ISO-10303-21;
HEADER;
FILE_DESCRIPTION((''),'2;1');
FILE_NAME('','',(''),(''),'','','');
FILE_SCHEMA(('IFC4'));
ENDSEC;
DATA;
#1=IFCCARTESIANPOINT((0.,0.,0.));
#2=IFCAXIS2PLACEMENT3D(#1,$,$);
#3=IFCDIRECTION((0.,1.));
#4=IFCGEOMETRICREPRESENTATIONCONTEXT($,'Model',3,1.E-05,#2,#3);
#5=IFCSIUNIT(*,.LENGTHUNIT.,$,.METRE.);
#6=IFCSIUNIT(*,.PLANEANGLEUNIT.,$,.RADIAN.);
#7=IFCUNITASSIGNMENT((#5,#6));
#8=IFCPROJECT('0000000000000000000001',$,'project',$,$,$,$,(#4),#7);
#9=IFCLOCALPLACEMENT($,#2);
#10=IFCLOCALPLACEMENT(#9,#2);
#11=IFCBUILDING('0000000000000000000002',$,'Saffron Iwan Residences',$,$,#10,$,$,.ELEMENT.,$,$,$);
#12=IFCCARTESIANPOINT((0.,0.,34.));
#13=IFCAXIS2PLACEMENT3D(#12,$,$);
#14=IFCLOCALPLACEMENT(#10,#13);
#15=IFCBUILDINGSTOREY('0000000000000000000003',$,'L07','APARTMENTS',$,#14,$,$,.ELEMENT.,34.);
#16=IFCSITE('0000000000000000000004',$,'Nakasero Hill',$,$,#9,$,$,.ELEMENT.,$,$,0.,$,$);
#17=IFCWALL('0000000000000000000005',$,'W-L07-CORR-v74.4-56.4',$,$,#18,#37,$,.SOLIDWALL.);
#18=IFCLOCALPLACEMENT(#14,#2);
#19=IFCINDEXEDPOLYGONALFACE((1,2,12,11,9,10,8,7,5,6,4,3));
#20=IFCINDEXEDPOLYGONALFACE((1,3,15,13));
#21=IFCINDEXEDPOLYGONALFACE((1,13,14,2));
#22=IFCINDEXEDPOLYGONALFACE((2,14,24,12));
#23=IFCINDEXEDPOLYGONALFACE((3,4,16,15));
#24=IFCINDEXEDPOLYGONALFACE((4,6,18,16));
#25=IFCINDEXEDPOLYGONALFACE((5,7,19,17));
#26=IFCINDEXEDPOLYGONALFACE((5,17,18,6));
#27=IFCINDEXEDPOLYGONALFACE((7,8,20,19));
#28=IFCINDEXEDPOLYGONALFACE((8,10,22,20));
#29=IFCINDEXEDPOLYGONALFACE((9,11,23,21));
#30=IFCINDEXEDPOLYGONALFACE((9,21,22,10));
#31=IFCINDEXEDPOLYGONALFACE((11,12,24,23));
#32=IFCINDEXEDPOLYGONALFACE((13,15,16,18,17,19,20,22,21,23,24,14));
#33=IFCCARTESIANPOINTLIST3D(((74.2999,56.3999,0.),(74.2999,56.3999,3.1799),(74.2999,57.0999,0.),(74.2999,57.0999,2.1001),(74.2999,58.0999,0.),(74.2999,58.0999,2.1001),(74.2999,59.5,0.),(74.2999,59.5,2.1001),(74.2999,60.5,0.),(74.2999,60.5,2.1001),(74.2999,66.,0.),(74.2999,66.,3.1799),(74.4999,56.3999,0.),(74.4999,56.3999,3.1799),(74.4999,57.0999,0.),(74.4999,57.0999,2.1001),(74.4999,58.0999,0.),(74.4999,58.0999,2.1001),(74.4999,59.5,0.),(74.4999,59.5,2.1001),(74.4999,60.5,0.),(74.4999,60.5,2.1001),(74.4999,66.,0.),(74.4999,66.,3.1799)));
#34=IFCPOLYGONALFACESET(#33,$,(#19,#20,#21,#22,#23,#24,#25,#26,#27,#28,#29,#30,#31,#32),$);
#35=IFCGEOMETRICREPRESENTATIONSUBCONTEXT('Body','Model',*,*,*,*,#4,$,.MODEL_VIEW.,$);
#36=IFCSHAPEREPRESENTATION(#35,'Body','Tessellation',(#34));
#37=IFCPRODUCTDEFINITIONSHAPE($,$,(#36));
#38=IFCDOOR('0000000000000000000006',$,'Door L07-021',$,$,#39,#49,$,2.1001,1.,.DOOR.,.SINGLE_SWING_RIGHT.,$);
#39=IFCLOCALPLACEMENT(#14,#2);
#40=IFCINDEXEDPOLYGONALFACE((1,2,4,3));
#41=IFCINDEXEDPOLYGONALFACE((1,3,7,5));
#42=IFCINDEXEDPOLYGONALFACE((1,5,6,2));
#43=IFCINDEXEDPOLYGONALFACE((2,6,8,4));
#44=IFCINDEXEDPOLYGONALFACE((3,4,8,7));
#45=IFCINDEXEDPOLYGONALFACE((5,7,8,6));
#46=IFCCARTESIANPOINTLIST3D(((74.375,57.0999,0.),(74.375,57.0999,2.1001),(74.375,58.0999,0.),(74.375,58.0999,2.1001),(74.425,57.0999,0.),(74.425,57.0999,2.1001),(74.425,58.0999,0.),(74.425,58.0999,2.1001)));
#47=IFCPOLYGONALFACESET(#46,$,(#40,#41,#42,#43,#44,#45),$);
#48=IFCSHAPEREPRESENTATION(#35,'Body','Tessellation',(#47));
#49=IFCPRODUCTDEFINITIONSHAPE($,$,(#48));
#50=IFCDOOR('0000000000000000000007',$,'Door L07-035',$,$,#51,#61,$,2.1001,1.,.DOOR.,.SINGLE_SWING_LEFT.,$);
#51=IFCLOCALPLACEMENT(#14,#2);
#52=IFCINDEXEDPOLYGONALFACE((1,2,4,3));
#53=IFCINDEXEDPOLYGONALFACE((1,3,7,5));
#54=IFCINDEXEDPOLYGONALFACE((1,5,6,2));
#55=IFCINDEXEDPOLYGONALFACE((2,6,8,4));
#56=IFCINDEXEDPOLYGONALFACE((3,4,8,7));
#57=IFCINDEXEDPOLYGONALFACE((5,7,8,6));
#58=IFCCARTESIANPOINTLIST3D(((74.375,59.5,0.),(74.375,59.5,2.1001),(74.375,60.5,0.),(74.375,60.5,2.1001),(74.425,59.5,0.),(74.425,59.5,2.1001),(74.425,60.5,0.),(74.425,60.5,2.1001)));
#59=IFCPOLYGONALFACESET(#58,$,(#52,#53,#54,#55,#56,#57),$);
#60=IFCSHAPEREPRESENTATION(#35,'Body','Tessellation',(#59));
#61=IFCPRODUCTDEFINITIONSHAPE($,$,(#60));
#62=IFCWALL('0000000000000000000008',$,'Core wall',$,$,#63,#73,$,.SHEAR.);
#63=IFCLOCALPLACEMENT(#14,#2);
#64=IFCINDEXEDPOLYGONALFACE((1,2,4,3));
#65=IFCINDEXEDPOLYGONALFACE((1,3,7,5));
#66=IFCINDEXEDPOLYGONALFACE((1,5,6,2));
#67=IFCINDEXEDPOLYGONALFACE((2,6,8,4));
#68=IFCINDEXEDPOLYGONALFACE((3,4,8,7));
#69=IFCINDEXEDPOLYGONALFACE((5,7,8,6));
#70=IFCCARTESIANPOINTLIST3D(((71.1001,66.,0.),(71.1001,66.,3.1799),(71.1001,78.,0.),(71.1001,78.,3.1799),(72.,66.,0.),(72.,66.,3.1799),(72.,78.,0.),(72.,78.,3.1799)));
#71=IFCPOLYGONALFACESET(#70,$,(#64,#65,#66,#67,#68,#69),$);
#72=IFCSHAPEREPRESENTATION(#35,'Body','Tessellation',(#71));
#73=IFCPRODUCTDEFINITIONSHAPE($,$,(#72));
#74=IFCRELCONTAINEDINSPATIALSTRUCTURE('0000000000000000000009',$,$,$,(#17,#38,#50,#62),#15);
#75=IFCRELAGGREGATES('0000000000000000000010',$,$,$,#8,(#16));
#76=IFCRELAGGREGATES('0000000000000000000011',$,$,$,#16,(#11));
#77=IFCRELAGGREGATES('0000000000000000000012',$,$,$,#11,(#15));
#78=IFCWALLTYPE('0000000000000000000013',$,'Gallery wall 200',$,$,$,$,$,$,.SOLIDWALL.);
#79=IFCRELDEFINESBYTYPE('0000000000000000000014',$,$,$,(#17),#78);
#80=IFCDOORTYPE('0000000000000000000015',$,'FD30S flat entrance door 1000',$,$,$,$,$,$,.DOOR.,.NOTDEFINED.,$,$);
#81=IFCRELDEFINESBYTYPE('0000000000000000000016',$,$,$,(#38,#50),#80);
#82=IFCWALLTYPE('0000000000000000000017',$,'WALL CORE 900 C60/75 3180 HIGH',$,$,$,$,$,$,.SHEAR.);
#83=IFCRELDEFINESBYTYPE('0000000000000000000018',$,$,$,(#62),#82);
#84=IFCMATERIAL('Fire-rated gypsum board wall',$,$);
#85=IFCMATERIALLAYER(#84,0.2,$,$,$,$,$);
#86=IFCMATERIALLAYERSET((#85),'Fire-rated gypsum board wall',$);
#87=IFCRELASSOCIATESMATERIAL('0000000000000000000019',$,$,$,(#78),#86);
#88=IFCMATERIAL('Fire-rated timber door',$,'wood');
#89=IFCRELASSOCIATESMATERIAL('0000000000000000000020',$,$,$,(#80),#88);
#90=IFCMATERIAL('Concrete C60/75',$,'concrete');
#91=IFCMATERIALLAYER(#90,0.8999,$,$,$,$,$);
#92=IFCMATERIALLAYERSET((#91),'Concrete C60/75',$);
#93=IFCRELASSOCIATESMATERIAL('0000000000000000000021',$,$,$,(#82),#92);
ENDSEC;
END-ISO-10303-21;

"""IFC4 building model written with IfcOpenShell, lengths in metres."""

from ifc_helpers import new_model, si_unit, direction, frame, frame_2d, origin, place, context, subcontext, project, spatial, rectangle, extrude, material, layer, layer_set, type_object, element, fill, save


model = new_model("IFC4")

# Units and contexts
model_context = context("Model", 3, precision=1e-05, world=origin(), true_north=direction((0.0, 1.0)))
body_context = subcontext(model_context, "Body", "Model", "MODEL_VIEW")
ifc_project = project(units=[si_unit("LENGTHUNIT", "METRE"), si_unit("PLANEANGLEUNIT", "RADIAN")], contexts=[model_context])

# Site, building, storey
site_placement = place(None, origin())
site = spatial("IfcSite", under=ifc_project, at=site_placement, Name="Nakasero Hill", CompositionType="ELEMENT", RefElevation=0.0)
building_placement = place(site_placement, origin())
building = spatial("IfcBuilding", under=site, at=building_placement, Name="Saffron Iwan Residences", CompositionType="ELEMENT")
storey_placement = place(building_placement, frame((0.0, 0.0, 34.0)))
storey = spatial("IfcBuildingStorey", under=building, at=storey_placement, Name="L07", Description="APARTMENTS", CompositionType="ELEMENT", Elevation=34.0)

# Shared definitions
ifc_material_1 = material(Name="Concrete C60/75", Category="concrete")

# Shared definitions
ifc_material_2 = material(Name="Fire-rated gypsum board wall")

# Shared definitions
ifc_layer_1 = layer(ifc_material_2, 0.2)
ifc_layer_set_1 = layer_set([ifc_layer_1], Name="Fire-rated gypsum board wall")
wall_type_1 = type_object("IfcWallType", Name="Gallery wall 200", PredefinedType="SOLIDWALL", material=ifc_layer_set_1)

# Wall, openings, doors
wall_1_placement = place(storey_placement, frame((74.3999, 56.3999, 0.0), z_axis=(0.0, 0.0, 1.0), x_axis=(0.0, 1.0, 0.0)))
wall_1 = element("IfcWall", 1, at=wall_1_placement, inside=storey, type_object=wall_type_1, Name="W-L07-CORR-v74.4-56.4", PredefinedType="SOLIDWALL", context=body_context, shape_type="SweptSolid", body=[
    extrude(rectangle(XDim=9.6001, YDim=0.2, at=frame_2d((4.8, 0.0))), origin(), (0.0, 0.0, 1.0), 3.1799),
])
opening_1_placement = place(wall_1_placement, frame((0.7, 0.0, 0.0)))
opening_1 = element("IfcOpeningElement", 2, at=opening_1_placement, cuts=wall_1, PredefinedType="OPENING", context=body_context, shape_type="SweptSolid", body=[
    extrude(rectangle(XDim=1.0, YDim=2.1001, at=frame_2d((0.5, 1.05))), frame((0.0, 0.1099, 0.0), z_axis=(0.0, -1.0, 0.0), x_axis=(1.0, 0.0, 0.0)), (0.0, 0.0, 1.0), 0.22),
])
opening_2_placement = place(wall_1_placement, frame((3.1001, 0.0, 0.0)))
opening_2 = element("IfcOpeningElement", 3, at=opening_2_placement, cuts=wall_1, PredefinedType="OPENING", context=body_context, shape_type="SweptSolid", body=[
    extrude(rectangle(XDim=1.0, YDim=2.1001, at=frame_2d((0.5, 1.05))), frame((0.0, 0.1099, 0.0), z_axis=(0.0, -1.0, 0.0), x_axis=(1.0, 0.0, 0.0)), (0.0, 0.0, 1.0), 0.22),
])
ifc_material_3 = material(Name="Fire-rated timber door", Category="wood")
door_type_1 = type_object("IfcDoorType", Name="FD30S flat entrance door 1000", OperationType="NOTDEFINED", PredefinedType="DOOR", material=ifc_material_3)
door_1_placement = place(opening_1_placement, origin())
door_1 = element("IfcDoor", 4, at=door_1_placement, inside=storey, type_object=door_type_1, Name="Door L07-021", OperationType="SINGLE_SWING_RIGHT", OverallHeight=2.1001, OverallWidth=1.0, PredefinedType="DOOR", context=body_context, shape_type="SweptSolid", body=[
    extrude(rectangle(XDim=1.0, YDim=2.1001, at=frame_2d((0.5, 1.05))), frame((0.0, 0.0249, 0.0), z_axis=(0.0, -1.0, 0.0), x_axis=(1.0, 0.0, 0.0)), (0.0, 0.0, 1.0), 0.05),
])
fill(opening_1, door_1)
door_2_placement = place(opening_2_placement, origin())
door_2 = element("IfcDoor", 5, at=door_2_placement, inside=storey, type_object=door_type_1, Name="Door L07-035", OperationType="SINGLE_SWING_LEFT", OverallHeight=2.1001, OverallWidth=1.0, PredefinedType="DOOR", context=body_context, shape_type="SweptSolid", body=[
    extrude(rectangle(XDim=1.0, YDim=2.1001, at=frame_2d((0.5, 1.05))), frame((0.0, 0.0249, 0.0), z_axis=(0.0, -1.0, 0.0), x_axis=(1.0, 0.0, 0.0)), (0.0, 0.0, 1.0), 0.05),
])
fill(opening_2, door_2)

# Wall
ifc_layer_2 = layer(ifc_material_1, 0.8999)
ifc_layer_set_2 = layer_set([ifc_layer_2], Name="Concrete C60/75")
wall_type_2 = type_object("IfcWallType", Name="WALL CORE 900 C60/75 3180 HIGH", PredefinedType="SHEAR", material=ifc_layer_set_2)
wall_2_placement = place(storey_placement, frame((71.55, 66.0, 0.0), z_axis=(0.0, 0.0, 1.0), x_axis=(0.0, 1.0, 0.0)))
element("IfcWall", 6, at=wall_2_placement, inside=storey, type_object=wall_type_2, Name="Core wall", PredefinedType="SHEAR", context=body_context, shape_type="SweptSolid", body=[
    extrude(rectangle(XDim=12.0, YDim=0.8999, at=frame_2d((6.0, 0.0))), origin(), (0.0, 0.0, 1.0), 3.1799),
])

save(model, "model.ifc")
